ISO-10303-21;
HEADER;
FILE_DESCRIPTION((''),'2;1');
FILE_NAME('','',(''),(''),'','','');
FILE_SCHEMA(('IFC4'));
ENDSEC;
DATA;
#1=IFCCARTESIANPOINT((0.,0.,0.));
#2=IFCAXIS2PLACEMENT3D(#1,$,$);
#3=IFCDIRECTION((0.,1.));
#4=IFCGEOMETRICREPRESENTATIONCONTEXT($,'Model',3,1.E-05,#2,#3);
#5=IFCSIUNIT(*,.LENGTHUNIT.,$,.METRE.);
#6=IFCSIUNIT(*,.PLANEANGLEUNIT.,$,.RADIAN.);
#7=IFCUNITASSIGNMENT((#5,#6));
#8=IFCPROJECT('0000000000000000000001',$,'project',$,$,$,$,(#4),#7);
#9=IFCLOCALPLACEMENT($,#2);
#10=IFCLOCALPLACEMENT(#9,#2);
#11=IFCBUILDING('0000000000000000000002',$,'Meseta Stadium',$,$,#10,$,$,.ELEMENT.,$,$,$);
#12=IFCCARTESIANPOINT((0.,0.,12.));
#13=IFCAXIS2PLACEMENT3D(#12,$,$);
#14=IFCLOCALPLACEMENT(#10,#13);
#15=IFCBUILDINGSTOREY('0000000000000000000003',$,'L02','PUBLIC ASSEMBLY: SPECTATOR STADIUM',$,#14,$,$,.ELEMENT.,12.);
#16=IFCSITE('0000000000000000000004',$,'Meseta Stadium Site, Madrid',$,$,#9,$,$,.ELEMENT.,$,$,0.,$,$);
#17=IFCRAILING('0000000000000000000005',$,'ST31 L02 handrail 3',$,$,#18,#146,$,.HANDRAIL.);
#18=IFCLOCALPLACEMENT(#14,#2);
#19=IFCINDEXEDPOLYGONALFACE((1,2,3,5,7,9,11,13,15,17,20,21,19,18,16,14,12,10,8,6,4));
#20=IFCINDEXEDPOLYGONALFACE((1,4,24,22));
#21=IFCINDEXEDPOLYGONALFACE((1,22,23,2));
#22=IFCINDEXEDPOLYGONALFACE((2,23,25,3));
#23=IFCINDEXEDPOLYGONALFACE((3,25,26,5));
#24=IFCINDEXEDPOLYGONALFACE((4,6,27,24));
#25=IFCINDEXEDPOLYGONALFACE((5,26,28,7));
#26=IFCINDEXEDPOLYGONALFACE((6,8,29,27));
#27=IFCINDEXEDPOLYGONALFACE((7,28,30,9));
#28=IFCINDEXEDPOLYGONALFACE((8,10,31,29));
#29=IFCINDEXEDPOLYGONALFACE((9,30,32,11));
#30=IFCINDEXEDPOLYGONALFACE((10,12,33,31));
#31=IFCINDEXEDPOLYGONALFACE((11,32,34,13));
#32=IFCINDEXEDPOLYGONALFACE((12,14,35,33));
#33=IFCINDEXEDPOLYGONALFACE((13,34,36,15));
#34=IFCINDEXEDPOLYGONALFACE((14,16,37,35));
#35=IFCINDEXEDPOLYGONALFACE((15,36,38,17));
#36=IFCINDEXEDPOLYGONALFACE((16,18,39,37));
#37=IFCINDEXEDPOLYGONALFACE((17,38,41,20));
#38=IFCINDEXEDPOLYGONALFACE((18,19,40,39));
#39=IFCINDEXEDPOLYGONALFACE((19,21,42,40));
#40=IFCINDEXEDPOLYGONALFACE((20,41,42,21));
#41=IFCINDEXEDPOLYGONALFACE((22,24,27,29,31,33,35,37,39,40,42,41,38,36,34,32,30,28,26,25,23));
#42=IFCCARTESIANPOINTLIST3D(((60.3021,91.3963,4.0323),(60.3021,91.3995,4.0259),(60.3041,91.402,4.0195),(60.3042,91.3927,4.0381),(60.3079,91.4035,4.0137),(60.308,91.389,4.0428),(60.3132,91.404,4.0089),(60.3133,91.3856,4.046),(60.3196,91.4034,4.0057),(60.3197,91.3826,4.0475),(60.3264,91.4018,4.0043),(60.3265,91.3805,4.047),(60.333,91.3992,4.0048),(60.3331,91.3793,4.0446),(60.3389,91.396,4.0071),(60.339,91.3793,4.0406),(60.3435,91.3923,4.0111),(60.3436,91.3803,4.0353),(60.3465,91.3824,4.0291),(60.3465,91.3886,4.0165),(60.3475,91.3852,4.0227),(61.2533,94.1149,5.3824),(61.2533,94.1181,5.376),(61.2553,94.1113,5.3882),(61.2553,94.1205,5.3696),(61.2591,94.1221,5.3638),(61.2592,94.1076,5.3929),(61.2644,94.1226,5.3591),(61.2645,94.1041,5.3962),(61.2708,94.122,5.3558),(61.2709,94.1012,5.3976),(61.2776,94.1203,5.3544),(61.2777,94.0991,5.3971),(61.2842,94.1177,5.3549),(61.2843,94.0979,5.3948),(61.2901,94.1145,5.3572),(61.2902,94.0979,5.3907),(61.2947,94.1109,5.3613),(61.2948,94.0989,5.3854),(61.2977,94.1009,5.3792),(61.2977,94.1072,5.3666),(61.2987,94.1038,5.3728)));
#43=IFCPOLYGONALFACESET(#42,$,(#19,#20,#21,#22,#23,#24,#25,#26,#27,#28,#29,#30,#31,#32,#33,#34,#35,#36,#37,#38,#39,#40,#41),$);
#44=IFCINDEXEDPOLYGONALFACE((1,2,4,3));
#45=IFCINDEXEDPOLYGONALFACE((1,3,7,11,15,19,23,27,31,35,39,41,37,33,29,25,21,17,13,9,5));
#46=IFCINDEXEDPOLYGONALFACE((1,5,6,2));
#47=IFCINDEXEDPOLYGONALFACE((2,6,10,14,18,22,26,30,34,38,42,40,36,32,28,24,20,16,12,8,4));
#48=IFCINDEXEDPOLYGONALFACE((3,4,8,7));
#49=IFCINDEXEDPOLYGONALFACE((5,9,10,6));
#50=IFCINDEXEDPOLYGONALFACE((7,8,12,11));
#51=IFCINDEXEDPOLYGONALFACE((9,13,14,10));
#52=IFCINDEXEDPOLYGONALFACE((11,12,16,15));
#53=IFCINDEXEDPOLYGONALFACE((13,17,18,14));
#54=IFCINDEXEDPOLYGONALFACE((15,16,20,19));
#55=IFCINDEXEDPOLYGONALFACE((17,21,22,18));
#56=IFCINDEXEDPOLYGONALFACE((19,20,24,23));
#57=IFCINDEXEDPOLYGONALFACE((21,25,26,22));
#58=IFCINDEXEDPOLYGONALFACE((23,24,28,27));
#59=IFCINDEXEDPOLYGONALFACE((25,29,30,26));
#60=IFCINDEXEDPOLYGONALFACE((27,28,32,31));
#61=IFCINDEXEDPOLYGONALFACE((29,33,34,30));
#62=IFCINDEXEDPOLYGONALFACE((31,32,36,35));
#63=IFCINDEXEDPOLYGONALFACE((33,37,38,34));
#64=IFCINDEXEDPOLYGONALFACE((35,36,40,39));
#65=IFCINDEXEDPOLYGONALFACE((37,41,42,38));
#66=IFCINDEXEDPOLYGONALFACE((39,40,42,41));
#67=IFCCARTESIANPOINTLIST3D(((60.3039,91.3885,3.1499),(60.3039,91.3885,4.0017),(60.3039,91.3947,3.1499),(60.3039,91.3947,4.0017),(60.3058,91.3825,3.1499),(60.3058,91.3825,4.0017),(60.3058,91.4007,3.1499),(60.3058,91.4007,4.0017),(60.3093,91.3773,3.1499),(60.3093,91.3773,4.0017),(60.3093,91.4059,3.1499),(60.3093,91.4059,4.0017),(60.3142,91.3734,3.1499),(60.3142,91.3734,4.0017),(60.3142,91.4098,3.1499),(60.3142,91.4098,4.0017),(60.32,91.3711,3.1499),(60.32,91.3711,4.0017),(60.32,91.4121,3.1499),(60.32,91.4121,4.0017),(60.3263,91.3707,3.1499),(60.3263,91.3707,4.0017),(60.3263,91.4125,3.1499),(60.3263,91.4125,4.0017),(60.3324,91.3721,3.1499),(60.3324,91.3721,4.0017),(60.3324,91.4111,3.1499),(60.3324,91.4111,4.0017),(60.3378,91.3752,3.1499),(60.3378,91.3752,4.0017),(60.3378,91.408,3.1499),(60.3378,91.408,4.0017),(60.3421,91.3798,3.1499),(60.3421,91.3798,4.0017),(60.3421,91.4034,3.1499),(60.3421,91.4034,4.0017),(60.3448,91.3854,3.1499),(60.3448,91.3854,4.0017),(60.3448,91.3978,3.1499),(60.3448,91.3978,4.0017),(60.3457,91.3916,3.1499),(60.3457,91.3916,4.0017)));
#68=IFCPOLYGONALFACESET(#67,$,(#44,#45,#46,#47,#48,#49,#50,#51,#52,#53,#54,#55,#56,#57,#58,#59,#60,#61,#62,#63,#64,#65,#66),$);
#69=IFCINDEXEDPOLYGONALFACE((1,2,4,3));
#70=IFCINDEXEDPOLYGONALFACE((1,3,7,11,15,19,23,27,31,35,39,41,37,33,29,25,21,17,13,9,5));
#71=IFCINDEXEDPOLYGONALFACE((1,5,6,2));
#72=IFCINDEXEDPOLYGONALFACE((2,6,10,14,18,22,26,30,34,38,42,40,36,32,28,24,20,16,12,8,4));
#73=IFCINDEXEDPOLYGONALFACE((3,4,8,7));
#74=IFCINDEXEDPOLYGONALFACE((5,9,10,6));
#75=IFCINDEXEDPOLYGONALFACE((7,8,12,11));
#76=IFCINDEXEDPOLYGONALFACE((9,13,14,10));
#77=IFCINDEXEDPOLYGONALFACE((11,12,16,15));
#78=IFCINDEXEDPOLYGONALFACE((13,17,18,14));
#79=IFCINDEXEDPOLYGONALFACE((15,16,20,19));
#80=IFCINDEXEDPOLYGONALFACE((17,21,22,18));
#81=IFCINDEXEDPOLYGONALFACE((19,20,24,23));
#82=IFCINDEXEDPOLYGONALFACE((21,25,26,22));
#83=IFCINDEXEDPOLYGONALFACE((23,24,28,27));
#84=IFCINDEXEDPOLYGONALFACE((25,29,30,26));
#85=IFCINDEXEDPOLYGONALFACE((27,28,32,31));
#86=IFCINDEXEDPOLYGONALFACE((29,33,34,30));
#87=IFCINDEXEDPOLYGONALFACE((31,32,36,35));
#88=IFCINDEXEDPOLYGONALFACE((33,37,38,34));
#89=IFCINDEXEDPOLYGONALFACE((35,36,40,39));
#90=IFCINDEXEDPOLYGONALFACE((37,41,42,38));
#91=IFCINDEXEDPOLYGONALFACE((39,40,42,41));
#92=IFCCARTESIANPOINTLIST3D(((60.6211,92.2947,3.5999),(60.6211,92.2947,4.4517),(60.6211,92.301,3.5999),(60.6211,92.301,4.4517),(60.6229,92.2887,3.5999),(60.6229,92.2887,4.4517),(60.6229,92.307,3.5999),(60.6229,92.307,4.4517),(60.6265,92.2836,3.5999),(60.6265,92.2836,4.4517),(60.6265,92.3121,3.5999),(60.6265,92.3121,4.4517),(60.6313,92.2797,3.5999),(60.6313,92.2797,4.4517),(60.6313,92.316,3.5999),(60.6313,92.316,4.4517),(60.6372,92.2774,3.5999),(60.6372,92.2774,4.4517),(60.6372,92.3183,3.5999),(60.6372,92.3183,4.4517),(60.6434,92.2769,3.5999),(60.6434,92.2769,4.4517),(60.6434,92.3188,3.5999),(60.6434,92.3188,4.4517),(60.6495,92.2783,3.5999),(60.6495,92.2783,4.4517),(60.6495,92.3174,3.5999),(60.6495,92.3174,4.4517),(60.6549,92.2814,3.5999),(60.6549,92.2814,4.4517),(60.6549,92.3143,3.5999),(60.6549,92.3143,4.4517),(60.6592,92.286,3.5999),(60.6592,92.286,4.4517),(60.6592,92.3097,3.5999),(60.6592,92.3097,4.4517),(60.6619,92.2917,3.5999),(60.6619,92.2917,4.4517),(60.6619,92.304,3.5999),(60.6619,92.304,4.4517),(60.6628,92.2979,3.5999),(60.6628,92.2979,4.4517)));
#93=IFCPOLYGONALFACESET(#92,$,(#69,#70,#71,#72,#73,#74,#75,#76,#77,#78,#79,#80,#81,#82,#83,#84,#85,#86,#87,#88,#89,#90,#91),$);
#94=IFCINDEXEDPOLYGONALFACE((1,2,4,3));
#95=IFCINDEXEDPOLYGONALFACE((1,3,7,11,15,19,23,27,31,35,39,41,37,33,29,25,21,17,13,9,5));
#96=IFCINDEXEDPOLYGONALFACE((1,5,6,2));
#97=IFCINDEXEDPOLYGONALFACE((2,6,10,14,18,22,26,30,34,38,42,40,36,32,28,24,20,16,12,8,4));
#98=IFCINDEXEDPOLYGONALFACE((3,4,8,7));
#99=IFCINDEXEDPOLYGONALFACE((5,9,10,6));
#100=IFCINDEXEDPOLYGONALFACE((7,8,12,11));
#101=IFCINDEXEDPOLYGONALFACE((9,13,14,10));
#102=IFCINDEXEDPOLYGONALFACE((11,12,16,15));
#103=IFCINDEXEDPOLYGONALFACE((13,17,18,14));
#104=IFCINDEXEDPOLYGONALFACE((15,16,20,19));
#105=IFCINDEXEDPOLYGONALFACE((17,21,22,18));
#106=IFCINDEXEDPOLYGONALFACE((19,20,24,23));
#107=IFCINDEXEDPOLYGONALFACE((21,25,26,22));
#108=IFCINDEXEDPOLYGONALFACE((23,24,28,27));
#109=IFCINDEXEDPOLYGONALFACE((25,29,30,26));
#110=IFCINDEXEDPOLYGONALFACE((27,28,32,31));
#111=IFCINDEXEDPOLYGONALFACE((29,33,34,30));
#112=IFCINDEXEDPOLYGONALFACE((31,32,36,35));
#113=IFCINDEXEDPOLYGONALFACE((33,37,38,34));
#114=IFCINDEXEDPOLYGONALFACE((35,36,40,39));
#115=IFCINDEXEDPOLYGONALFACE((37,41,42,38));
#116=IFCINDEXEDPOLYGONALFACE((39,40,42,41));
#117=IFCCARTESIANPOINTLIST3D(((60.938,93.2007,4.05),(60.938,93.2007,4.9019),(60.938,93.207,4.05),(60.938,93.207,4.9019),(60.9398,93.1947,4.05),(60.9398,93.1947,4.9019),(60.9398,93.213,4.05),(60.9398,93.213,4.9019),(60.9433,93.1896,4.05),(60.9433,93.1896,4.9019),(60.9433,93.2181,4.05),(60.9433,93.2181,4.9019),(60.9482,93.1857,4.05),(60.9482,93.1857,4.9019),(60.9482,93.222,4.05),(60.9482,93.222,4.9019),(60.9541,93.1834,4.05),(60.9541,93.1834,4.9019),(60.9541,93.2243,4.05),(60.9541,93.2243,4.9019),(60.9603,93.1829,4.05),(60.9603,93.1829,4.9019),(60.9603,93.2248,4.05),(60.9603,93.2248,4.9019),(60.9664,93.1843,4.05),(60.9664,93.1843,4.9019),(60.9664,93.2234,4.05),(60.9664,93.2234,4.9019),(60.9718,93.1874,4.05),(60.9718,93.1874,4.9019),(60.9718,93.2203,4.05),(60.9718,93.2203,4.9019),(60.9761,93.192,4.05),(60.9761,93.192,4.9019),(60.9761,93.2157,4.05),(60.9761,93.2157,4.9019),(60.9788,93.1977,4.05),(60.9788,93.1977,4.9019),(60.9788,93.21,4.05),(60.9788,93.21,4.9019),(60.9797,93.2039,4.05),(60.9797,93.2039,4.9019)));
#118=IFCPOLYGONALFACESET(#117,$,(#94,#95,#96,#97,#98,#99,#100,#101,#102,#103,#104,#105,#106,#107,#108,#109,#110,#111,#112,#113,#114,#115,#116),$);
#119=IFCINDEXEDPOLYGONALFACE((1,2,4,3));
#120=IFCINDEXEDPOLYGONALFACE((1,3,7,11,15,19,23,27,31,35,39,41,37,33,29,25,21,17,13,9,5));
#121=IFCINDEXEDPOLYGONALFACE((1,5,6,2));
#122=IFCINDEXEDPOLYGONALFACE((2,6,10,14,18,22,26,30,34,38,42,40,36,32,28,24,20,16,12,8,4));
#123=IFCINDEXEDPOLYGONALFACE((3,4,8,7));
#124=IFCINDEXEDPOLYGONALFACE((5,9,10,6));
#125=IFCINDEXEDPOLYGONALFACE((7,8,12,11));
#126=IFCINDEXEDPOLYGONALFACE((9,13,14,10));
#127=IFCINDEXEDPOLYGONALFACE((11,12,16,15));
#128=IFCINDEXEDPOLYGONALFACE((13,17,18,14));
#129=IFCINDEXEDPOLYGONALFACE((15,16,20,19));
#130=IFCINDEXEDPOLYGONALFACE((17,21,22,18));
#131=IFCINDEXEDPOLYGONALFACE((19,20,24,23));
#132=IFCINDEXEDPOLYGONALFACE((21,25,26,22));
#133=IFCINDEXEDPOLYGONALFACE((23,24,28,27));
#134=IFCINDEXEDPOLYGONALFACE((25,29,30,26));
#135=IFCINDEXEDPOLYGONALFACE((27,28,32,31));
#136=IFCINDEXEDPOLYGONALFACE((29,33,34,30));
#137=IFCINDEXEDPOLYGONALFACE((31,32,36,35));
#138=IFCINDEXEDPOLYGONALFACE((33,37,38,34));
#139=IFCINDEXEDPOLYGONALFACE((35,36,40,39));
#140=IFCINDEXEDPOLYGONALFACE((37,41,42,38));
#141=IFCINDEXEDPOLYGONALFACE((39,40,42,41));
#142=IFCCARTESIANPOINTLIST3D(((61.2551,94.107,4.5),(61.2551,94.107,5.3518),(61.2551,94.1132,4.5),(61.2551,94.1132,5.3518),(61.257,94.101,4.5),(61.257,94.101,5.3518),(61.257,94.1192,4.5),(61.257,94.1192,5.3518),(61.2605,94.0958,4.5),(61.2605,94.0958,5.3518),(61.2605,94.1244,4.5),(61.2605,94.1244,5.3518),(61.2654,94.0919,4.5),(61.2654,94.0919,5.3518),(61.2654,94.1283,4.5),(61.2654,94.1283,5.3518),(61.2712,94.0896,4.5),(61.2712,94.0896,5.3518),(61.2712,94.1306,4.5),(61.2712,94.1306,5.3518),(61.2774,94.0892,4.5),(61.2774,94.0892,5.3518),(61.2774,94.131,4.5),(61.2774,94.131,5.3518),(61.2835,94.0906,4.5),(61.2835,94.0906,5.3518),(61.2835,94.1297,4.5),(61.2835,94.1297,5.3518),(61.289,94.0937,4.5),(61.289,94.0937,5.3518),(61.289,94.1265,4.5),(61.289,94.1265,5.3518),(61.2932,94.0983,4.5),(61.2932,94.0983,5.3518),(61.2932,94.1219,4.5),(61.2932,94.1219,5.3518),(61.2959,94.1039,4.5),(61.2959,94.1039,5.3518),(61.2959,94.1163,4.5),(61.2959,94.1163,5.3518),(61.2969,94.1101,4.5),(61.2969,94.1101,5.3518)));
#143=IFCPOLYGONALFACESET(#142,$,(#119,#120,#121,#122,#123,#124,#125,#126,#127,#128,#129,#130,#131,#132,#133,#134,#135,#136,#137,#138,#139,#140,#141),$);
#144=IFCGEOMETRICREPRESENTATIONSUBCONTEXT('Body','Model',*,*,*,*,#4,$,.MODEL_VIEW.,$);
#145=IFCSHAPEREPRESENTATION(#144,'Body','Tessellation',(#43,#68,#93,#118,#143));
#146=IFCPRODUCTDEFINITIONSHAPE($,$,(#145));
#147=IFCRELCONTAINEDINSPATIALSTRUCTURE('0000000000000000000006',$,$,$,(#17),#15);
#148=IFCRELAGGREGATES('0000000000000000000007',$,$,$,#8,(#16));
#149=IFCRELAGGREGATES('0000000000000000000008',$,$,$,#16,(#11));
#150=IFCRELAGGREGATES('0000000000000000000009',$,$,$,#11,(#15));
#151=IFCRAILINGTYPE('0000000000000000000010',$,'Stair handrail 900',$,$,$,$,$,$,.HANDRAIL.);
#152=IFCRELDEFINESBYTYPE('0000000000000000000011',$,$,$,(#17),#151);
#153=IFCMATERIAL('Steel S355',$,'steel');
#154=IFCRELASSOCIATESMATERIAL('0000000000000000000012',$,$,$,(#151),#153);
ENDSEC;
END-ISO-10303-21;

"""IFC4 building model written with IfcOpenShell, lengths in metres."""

from ifc_helpers import new_model, si_unit, direction, frame, origin, origin_2d, place, context, subcontext, project, spatial, circle, extrude, material, type_object, element, save


model = new_model("IFC4")

# Units and contexts
model_context = context("Model", 3, precision=1e-05, world=origin(), true_north=direction((0.0, 1.0)))
body_context = subcontext(model_context, "Body", "Model", "MODEL_VIEW")
ifc_project = project(units=[si_unit("LENGTHUNIT", "METRE"), si_unit("PLANEANGLEUNIT", "RADIAN")], contexts=[model_context])

# Site, building, storey
site_placement = place(None, origin())
site = spatial("IfcSite", under=ifc_project, at=site_placement, Name="Meseta Stadium Site, Madrid", CompositionType="ELEMENT", RefElevation=0.0)
building_placement = place(site_placement, origin())
building = spatial("IfcBuilding", under=site, at=building_placement, Name="Meseta Stadium", CompositionType="ELEMENT")
storey_placement = place(building_placement, frame((0.0, 0.0, 12.0)))
storey = spatial("IfcBuildingStorey", under=building, at=storey_placement, Name="L02", Description="PUBLIC ASSEMBLY: SPECTATOR STADIUM", CompositionType="ELEMENT", Elevation=12.0)

# Railing
ifc_material_1 = material(Name="Steel S355", Category="steel")
railing_type_1 = type_object("IfcRailingType", Name="Stair handrail 900", PredefinedType="HANDRAIL", material=ifc_material_1)
for number, where, name in (
    (1, (60.3247, 91.3916, 3.1499), "ST31 L02 handrail 3"),
):
    element("IfcRailing", number, at=place(storey_placement, frame(where)), inside=storey, type_object=railing_type_1, Name=name, PredefinedType="HANDRAIL", context=body_context, shape_type="SweptSolid", body=[
        extrude(circle(Radius=0.0239, at=origin_2d()), frame((0.0, 0.0, 0.876), z_axis=(0.299031, 0.854649, 0.424446), x_axis=(-0.943891, 0.330256, 0.0)), (0.0, 0.0, 1.0), 3.1809),
        extrude(circle(Radius=0.021, at=origin_2d()), origin(), (0.0, 0.0, 1.0), 0.8518),
        extrude(circle(Radius=0.021, at=origin_2d()), frame((0.3171, 0.9062, 0.45)), (0.0, 0.0, 1.0), 0.8518),
        extrude(circle(Radius=0.021, at=origin_2d()), frame((0.634, 1.8123, 0.9001)), (0.0, 0.0, 1.0), 0.8518),
        extrude(circle(Radius=0.021, at=origin_2d()), frame((0.9512, 2.7185, 1.3501)), (0.0, 0.0, 1.0), 0.8518),
    ])

save(model, "model.ifc")
